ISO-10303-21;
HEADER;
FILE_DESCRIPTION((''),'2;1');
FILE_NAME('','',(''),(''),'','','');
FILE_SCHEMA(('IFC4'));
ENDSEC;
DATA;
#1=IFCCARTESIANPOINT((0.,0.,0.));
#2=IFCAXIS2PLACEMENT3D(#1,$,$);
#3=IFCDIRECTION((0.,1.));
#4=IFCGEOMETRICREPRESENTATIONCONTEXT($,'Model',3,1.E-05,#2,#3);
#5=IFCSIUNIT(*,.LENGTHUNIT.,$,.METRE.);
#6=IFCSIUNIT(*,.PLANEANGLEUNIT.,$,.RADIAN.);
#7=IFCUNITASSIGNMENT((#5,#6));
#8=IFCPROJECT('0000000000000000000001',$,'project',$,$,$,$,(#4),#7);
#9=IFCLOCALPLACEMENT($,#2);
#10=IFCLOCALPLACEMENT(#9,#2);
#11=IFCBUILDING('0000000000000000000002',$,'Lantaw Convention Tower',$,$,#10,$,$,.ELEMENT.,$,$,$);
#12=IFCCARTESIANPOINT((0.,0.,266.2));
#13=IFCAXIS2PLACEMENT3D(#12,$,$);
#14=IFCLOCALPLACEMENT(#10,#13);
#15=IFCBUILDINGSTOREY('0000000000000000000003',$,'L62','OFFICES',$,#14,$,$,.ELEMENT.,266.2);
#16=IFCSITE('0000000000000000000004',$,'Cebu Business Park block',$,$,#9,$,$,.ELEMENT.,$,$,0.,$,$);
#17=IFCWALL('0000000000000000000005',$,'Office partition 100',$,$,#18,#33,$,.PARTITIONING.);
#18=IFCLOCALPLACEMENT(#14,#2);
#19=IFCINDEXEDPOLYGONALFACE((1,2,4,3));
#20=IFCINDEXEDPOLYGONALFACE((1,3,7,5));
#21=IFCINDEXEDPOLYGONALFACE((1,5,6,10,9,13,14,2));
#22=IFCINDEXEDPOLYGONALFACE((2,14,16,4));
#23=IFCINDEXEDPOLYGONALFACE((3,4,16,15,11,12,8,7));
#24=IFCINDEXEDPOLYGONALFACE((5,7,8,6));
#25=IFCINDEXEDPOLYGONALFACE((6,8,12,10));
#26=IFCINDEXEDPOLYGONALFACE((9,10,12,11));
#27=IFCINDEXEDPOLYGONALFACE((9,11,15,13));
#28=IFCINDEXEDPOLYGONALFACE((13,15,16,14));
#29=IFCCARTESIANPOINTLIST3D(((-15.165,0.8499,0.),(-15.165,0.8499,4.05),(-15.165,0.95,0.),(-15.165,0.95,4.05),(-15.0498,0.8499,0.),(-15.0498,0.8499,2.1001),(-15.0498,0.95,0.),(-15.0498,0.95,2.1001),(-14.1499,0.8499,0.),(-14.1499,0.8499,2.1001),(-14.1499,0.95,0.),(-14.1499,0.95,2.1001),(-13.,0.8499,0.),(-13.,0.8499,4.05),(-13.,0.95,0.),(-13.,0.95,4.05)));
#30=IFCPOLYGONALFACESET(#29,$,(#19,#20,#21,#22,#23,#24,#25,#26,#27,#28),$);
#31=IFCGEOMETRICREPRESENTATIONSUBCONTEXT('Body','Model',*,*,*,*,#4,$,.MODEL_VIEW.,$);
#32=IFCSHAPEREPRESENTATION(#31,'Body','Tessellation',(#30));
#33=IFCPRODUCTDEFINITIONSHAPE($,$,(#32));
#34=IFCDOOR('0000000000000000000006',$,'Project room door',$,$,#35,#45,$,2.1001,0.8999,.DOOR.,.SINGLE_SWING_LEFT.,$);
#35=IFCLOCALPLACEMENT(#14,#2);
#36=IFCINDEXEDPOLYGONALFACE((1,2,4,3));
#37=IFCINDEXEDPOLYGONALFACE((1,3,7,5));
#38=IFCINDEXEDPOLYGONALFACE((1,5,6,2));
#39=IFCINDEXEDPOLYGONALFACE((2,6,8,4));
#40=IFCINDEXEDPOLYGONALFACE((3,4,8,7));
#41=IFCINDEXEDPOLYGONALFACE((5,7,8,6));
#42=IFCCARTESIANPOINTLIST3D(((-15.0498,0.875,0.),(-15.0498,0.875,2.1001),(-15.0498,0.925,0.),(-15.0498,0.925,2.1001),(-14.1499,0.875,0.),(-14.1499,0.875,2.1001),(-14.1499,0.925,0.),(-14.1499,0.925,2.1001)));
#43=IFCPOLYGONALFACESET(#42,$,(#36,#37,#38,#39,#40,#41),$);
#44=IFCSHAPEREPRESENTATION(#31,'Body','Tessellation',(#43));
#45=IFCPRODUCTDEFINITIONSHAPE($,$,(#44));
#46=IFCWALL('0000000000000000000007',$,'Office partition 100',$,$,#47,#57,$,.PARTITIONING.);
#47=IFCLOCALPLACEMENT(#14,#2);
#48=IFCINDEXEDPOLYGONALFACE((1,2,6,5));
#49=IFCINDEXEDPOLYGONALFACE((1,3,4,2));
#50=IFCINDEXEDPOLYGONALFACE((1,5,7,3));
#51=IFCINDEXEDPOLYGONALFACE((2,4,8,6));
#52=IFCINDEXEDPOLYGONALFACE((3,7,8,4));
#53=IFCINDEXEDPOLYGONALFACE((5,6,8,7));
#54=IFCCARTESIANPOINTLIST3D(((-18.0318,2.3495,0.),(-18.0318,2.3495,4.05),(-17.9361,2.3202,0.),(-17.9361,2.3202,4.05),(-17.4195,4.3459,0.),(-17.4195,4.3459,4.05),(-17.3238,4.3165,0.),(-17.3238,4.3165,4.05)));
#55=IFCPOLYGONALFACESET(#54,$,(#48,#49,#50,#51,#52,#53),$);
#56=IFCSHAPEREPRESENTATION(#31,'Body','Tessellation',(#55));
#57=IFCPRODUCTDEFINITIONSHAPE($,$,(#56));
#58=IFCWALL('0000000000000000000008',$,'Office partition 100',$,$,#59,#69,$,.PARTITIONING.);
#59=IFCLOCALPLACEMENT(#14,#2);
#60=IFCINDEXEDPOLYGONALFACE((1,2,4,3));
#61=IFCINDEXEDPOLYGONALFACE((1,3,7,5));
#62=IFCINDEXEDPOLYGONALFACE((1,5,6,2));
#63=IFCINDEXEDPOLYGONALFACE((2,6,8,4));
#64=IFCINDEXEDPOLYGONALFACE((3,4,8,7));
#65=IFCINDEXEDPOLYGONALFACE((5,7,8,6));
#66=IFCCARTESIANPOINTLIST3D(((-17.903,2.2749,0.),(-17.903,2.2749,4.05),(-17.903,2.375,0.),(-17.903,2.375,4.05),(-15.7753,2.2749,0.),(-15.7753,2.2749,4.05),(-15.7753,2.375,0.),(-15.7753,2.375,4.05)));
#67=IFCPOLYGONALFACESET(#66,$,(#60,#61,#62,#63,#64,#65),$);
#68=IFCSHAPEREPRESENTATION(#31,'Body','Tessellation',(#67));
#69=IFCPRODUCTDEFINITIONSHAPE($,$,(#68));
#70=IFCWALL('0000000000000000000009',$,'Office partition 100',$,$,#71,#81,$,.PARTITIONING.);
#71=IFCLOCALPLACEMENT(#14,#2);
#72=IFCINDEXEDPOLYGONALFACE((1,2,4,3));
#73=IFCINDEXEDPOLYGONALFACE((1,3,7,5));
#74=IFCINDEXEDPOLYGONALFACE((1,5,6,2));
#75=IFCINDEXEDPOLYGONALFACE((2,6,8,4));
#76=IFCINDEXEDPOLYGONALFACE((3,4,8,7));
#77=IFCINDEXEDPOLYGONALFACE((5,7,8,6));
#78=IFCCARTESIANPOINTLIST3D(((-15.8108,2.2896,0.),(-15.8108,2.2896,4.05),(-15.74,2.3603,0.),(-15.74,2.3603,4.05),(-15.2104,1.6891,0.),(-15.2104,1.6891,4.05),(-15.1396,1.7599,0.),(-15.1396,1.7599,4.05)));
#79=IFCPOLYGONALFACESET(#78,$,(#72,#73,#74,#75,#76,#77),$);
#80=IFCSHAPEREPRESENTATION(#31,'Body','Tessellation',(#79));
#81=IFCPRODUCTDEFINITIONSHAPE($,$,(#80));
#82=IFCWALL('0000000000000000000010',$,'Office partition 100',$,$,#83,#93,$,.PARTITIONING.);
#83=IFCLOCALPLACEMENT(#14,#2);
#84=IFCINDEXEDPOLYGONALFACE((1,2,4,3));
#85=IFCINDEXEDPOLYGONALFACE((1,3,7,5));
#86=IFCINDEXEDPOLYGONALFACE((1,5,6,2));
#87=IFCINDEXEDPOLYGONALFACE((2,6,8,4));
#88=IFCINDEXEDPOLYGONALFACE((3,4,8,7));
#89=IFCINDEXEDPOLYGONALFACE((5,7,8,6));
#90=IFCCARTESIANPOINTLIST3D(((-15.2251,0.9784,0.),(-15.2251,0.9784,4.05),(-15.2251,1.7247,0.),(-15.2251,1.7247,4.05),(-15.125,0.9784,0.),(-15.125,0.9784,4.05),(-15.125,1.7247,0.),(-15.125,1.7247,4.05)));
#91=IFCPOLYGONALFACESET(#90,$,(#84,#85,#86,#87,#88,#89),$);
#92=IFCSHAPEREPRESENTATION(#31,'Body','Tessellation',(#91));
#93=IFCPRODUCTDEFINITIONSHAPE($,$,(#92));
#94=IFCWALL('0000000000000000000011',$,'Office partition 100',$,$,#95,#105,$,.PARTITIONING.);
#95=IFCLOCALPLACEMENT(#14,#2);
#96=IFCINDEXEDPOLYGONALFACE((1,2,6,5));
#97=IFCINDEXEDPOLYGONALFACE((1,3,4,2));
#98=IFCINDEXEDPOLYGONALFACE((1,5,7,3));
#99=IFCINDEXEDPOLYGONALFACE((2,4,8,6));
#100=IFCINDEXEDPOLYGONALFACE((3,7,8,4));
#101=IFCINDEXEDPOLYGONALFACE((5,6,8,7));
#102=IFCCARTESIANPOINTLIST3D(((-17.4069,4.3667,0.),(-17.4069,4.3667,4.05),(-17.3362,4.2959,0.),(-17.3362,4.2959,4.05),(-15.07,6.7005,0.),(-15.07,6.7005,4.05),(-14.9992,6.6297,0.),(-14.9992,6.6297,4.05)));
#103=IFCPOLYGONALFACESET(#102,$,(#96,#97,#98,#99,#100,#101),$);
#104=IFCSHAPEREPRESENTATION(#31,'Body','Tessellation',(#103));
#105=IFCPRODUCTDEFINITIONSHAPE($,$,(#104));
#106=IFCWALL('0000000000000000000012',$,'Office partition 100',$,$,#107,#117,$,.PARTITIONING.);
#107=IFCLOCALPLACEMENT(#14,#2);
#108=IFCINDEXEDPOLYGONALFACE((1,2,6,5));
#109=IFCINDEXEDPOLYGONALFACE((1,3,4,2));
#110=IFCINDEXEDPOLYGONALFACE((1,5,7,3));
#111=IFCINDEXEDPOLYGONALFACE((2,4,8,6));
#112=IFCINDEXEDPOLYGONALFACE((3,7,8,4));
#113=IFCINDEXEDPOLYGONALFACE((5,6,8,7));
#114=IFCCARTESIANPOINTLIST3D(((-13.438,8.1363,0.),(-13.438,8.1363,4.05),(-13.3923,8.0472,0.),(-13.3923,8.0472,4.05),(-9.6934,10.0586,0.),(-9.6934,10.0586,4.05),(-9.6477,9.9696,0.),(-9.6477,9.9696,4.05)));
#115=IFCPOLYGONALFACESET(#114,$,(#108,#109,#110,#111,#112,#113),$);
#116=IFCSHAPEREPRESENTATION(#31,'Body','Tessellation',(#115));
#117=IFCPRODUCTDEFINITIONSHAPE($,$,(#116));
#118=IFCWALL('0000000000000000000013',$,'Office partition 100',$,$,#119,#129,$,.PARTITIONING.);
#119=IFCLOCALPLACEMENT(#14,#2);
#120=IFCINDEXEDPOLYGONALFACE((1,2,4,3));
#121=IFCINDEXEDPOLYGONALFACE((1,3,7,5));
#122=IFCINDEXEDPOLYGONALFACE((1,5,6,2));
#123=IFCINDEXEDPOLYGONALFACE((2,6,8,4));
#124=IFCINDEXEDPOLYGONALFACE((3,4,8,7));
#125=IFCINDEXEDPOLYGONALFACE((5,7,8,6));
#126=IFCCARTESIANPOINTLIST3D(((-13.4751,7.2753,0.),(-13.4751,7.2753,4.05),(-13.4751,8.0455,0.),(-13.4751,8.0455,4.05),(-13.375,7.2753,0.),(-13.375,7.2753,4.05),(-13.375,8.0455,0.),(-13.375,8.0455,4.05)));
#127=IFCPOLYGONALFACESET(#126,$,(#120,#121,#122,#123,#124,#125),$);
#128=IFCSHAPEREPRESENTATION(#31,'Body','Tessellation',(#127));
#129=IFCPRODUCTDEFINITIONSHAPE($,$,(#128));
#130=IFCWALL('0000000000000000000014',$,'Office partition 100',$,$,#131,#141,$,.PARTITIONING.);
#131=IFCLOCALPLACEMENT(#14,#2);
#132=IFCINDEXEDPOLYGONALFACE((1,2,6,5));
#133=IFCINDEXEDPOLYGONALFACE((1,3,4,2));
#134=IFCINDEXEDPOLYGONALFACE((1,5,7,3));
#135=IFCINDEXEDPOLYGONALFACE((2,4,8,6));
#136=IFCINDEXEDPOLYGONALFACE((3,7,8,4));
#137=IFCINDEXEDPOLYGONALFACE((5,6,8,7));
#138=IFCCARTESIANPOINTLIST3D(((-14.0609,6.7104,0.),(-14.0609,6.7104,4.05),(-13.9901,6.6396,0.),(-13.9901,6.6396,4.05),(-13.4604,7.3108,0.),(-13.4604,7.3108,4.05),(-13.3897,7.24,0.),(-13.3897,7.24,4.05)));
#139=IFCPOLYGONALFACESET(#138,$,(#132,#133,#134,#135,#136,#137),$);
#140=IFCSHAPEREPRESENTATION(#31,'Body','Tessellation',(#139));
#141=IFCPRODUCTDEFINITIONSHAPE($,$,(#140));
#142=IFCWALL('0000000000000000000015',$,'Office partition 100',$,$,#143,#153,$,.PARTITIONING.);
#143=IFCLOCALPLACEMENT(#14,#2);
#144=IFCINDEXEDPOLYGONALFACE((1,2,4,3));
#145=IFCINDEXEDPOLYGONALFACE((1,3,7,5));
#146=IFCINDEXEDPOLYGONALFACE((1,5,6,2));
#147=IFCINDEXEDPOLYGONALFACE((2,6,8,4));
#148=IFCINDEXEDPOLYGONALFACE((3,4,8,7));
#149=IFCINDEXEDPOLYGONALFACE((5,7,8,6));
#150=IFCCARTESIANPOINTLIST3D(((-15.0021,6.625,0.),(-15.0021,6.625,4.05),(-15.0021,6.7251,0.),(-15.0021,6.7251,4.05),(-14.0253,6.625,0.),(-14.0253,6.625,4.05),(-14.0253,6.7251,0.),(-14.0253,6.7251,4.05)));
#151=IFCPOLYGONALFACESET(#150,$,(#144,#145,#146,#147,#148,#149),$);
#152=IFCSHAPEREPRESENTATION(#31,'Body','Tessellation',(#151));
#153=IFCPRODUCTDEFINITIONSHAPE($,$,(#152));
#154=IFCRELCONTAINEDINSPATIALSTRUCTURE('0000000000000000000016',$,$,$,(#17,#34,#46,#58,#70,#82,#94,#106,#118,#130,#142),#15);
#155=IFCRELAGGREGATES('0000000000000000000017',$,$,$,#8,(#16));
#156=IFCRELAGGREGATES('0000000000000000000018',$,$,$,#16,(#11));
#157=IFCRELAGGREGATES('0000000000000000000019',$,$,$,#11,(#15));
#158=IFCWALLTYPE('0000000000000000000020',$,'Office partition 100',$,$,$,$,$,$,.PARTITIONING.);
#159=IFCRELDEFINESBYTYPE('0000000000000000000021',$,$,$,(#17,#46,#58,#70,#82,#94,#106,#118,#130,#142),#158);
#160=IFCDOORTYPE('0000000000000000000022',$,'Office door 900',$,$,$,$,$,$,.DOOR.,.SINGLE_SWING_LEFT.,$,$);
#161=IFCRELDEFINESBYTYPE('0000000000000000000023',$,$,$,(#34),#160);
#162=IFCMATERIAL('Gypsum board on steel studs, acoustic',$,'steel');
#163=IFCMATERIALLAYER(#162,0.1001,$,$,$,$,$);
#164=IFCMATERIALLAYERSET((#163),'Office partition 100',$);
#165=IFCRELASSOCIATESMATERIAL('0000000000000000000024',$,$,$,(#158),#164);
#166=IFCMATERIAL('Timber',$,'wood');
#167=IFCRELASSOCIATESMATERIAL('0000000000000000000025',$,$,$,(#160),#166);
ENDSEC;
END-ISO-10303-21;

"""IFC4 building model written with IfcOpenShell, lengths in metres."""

from ifc_helpers import new_model, si_unit, direction, frame, frame_2d, origin, place, context, subcontext, project, spatial, rectangle, extrude, material, layer, layer_set, type_object, element, fill, save


model = new_model("IFC4")

# Units and contexts
model_context = context("Model", 3, precision=1e-05, world=origin(), true_north=direction((0.0, 1.0)))
body_context = subcontext(model_context, "Body", "Model", "MODEL_VIEW")
ifc_project = project(units=[si_unit("LENGTHUNIT", "METRE"), si_unit("PLANEANGLEUNIT", "RADIAN")], contexts=[model_context])

# Site, building, storey
site_placement = place(None, origin())
site = spatial("IfcSite", under=ifc_project, at=site_placement, Name="Cebu Business Park block", CompositionType="ELEMENT", RefElevation=0.0)
building_placement = place(site_placement, origin())
building = spatial("IfcBuilding", under=site, at=building_placement, Name="Lantaw Convention Tower", CompositionType="ELEMENT")
storey_placement = place(building_placement, frame((0.0, 0.0, 266.2)))
storey = spatial("IfcBuildingStorey", under=building, at=storey_placement, Name="L62", Description="OFFICES", CompositionType="ELEMENT", Elevation=266.2)

# Wall, opening, door
ifc_material_1 = material(Name="Gypsum board on steel studs, acoustic", Category="steel")
ifc_layer_1 = layer(ifc_material_1, 0.1001)
ifc_layer_set_1 = layer_set([ifc_layer_1], Name="Office partition 100")
wall_type_1 = type_object("IfcWallType", Name="Office partition 100", PredefinedType="PARTITIONING", material=ifc_layer_set_1)
wall_1_placement = place(storey_placement, frame((-13.0, 0.8999, 0.0), z_axis=(0.0, 0.0, 1.0), x_axis=(-1.0, 0.0, 0.0)))
wall_1 = element("IfcWall", 1, at=wall_1_placement, inside=storey, type_object=wall_type_1, Name="Office partition 100", PredefinedType="PARTITIONING", context=body_context, shape_type="SweptSolid", body=[
    extrude(rectangle(XDim=2.165, YDim=0.1001, at=frame_2d((1.0825, 0.0))), origin(), (0.0, 0.0, 1.0), 4.05),
])
opening_1_placement = place(wall_1_placement, frame((1.1499, 0.0, 0.0)))
opening_1 = element("IfcOpeningElement", 2, at=opening_1_placement, cuts=wall_1, PredefinedType="OPENING", context=body_context, shape_type="SweptSolid", body=[
    extrude(rectangle(XDim=0.8999, YDim=2.1001, at=frame_2d((0.45, 1.05))), frame((0.0, 0.0601, 0.0), z_axis=(0.0, -1.0, 0.0), x_axis=(1.0, 0.0, 0.0)), (0.0, 0.0, 1.0), 0.1201),
])
ifc_material_2 = material(Name="Timber", Category="wood")
door_type_1 = type_object("IfcDoorType", Name="Office door 900", OperationType="SINGLE_SWING_LEFT", PredefinedType="DOOR", material=ifc_material_2)
door_1_placement = place(opening_1_placement, origin())
door_1 = element("IfcDoor", 3, at=door_1_placement, inside=storey, type_object=door_type_1, Name="Project room door", OperationType="SINGLE_SWING_LEFT", OverallHeight=2.1001, OverallWidth=0.8999, PredefinedType="DOOR", context=body_context, shape_type="SweptSolid", body=[
    extrude(rectangle(XDim=0.8999, YDim=2.1001, at=frame_2d((0.45, 1.05))), frame((0.0, 0.0249, 0.0), z_axis=(0.0, -1.0, 0.0), x_axis=(1.0, 0.0, 0.0)), (0.0, 0.0, 1.0), 0.05),
])
fill(opening_1, door_1)

# Walls
wall_2_placement = place(storey_placement, frame((-17.9839, 2.335, 0.0), z_axis=(0.0, 0.0, 1.0), x_axis=(0.293231, 0.956042, 0.0)))
element("IfcWall", 4, at=wall_2_placement, inside=storey, type_object=wall_type_1, Name="Office partition 100", PredefinedType="PARTITIONING", context=body_context, shape_type="SweptSolid", body=[
    extrude(rectangle(XDim=2.0881, YDim=0.1001, at=frame_2d((1.0439, 0.0))), origin(), (0.0, 0.0, 1.0), 4.05),
])
wall_3_placement = place(storey_placement, frame((-17.9031, 2.325, 0.0), z_axis=(0.0, 0.0, 1.0), x_axis=(1.0, 0.0, 0.0)))
element("IfcWall", 5, at=wall_3_placement, inside=storey, type_object=wall_type_1, Name="Office partition 100", PredefinedType="PARTITIONING", context=body_context, shape_type="SweptSolid", body=[
    extrude(rectangle(XDim=2.1277, YDim=0.1001, at=frame_2d((1.064, 0.0))), origin(), (0.0, 0.0, 1.0), 4.05),
])
wall_4_placement = place(storey_placement, frame((-15.7754, 2.325, 0.0), z_axis=(0.0, 0.0, 1.0), x_axis=(0.707107, -0.707107, 0.0)))
element("IfcWall", 6, at=wall_4_placement, inside=storey, type_object=wall_type_1, Name="Office partition 100", PredefinedType="PARTITIONING", context=body_context, shape_type="SweptSolid", body=[
    extrude(rectangle(XDim=0.8491, YDim=0.1001, at=frame_2d((0.4246, 0.0))), origin(), (0.0, 0.0, 1.0), 4.05),
])
wall_5_placement = place(storey_placement, frame((-15.175, 1.7246, 0.0), z_axis=(0.0, 0.0, 1.0), x_axis=(0.0, -1.0, 0.0)))
element("IfcWall", 7, at=wall_5_placement, inside=storey, type_object=wall_type_1, Name="Office partition 100", PredefinedType="PARTITIONING", context=body_context, shape_type="SweptSolid", body=[
    extrude(rectangle(XDim=0.7463, YDim=0.1001, at=frame_2d((0.373, 0.0))), origin(), (0.0, 0.0, 1.0), 4.05),
])
wall_6_placement = place(storey_placement, frame((-17.3716, 4.3313, 0.0), z_axis=(0.0, 0.0, 1.0), x_axis=(0.707587, 0.706626, 0.0)))
element("IfcWall", 8, at=wall_6_placement, inside=storey, type_object=wall_type_1, Name="Office partition 100", PredefinedType="PARTITIONING", context=body_context, shape_type="SweptSolid", body=[
    extrude(rectangle(XDim=3.3027, YDim=0.1001, at=frame_2d((1.6514, 0.0))), origin(), (0.0, 0.0, 1.0), 4.05),
])
wall_7_placement = place(storey_placement, frame((-13.415, 8.0918, 0.0), z_axis=(0.0, 0.0, 1.0), x_axis=(0.889621, 0.4567, 0.0)))
element("IfcWall", 9, at=wall_7_placement, inside=storey, type_object=wall_type_1, Name="Office partition 100", PredefinedType="PARTITIONING", context=body_context, shape_type="SweptSolid", body=[
    extrude(rectangle(XDim=4.2092, YDim=0.1001, at=frame_2d((2.1045, 0.0))), origin(), (0.0, 0.0, 1.0), 4.05),
])
wall_8_placement = place(storey_placement, frame((-13.425, 8.0457, 0.0), z_axis=(0.0, 0.0, 1.0), x_axis=(0.0, -1.0, 0.0)))
element("IfcWall", 10, at=wall_8_placement, inside=storey, type_object=wall_type_1, Name="Office partition 100", PredefinedType="PARTITIONING", context=body_context, shape_type="SweptSolid", body=[
    extrude(rectangle(XDim=0.7703, YDim=0.1001, at=frame_2d((0.3853, 0.0))), origin(), (0.0, 0.0, 1.0), 4.05),
])
wall_9_placement = place(storey_placement, frame((-13.425, 7.2754, 0.0), z_axis=(0.0, 0.0, 1.0), x_axis=(-0.707107, -0.707107, 0.0)))
element("IfcWall", 11, at=wall_9_placement, inside=storey, type_object=wall_type_1, Name="Office partition 100", PredefinedType="PARTITIONING", context=body_context, shape_type="SweptSolid", body=[
    extrude(rectangle(XDim=0.8491, YDim=0.1001, at=frame_2d((0.4246, 0.0))), origin(), (0.0, 0.0, 1.0), 4.05),
])
wall_10_placement = place(storey_placement, frame((-14.0254, 6.675, 0.0), z_axis=(0.0, 0.0, 1.0), x_axis=(-1.0, 0.0, 0.0)))
element("IfcWall", 12, at=wall_10_placement, inside=storey, type_object=wall_type_1, Name="Office partition 100", PredefinedType="PARTITIONING", context=body_context, shape_type="SweptSolid", body=[
    extrude(rectangle(XDim=0.9768, YDim=0.1001, at=frame_2d((0.4883, 0.0))), origin(), (0.0, 0.0, 1.0), 4.05),
])

save(model, "model.ifc")
